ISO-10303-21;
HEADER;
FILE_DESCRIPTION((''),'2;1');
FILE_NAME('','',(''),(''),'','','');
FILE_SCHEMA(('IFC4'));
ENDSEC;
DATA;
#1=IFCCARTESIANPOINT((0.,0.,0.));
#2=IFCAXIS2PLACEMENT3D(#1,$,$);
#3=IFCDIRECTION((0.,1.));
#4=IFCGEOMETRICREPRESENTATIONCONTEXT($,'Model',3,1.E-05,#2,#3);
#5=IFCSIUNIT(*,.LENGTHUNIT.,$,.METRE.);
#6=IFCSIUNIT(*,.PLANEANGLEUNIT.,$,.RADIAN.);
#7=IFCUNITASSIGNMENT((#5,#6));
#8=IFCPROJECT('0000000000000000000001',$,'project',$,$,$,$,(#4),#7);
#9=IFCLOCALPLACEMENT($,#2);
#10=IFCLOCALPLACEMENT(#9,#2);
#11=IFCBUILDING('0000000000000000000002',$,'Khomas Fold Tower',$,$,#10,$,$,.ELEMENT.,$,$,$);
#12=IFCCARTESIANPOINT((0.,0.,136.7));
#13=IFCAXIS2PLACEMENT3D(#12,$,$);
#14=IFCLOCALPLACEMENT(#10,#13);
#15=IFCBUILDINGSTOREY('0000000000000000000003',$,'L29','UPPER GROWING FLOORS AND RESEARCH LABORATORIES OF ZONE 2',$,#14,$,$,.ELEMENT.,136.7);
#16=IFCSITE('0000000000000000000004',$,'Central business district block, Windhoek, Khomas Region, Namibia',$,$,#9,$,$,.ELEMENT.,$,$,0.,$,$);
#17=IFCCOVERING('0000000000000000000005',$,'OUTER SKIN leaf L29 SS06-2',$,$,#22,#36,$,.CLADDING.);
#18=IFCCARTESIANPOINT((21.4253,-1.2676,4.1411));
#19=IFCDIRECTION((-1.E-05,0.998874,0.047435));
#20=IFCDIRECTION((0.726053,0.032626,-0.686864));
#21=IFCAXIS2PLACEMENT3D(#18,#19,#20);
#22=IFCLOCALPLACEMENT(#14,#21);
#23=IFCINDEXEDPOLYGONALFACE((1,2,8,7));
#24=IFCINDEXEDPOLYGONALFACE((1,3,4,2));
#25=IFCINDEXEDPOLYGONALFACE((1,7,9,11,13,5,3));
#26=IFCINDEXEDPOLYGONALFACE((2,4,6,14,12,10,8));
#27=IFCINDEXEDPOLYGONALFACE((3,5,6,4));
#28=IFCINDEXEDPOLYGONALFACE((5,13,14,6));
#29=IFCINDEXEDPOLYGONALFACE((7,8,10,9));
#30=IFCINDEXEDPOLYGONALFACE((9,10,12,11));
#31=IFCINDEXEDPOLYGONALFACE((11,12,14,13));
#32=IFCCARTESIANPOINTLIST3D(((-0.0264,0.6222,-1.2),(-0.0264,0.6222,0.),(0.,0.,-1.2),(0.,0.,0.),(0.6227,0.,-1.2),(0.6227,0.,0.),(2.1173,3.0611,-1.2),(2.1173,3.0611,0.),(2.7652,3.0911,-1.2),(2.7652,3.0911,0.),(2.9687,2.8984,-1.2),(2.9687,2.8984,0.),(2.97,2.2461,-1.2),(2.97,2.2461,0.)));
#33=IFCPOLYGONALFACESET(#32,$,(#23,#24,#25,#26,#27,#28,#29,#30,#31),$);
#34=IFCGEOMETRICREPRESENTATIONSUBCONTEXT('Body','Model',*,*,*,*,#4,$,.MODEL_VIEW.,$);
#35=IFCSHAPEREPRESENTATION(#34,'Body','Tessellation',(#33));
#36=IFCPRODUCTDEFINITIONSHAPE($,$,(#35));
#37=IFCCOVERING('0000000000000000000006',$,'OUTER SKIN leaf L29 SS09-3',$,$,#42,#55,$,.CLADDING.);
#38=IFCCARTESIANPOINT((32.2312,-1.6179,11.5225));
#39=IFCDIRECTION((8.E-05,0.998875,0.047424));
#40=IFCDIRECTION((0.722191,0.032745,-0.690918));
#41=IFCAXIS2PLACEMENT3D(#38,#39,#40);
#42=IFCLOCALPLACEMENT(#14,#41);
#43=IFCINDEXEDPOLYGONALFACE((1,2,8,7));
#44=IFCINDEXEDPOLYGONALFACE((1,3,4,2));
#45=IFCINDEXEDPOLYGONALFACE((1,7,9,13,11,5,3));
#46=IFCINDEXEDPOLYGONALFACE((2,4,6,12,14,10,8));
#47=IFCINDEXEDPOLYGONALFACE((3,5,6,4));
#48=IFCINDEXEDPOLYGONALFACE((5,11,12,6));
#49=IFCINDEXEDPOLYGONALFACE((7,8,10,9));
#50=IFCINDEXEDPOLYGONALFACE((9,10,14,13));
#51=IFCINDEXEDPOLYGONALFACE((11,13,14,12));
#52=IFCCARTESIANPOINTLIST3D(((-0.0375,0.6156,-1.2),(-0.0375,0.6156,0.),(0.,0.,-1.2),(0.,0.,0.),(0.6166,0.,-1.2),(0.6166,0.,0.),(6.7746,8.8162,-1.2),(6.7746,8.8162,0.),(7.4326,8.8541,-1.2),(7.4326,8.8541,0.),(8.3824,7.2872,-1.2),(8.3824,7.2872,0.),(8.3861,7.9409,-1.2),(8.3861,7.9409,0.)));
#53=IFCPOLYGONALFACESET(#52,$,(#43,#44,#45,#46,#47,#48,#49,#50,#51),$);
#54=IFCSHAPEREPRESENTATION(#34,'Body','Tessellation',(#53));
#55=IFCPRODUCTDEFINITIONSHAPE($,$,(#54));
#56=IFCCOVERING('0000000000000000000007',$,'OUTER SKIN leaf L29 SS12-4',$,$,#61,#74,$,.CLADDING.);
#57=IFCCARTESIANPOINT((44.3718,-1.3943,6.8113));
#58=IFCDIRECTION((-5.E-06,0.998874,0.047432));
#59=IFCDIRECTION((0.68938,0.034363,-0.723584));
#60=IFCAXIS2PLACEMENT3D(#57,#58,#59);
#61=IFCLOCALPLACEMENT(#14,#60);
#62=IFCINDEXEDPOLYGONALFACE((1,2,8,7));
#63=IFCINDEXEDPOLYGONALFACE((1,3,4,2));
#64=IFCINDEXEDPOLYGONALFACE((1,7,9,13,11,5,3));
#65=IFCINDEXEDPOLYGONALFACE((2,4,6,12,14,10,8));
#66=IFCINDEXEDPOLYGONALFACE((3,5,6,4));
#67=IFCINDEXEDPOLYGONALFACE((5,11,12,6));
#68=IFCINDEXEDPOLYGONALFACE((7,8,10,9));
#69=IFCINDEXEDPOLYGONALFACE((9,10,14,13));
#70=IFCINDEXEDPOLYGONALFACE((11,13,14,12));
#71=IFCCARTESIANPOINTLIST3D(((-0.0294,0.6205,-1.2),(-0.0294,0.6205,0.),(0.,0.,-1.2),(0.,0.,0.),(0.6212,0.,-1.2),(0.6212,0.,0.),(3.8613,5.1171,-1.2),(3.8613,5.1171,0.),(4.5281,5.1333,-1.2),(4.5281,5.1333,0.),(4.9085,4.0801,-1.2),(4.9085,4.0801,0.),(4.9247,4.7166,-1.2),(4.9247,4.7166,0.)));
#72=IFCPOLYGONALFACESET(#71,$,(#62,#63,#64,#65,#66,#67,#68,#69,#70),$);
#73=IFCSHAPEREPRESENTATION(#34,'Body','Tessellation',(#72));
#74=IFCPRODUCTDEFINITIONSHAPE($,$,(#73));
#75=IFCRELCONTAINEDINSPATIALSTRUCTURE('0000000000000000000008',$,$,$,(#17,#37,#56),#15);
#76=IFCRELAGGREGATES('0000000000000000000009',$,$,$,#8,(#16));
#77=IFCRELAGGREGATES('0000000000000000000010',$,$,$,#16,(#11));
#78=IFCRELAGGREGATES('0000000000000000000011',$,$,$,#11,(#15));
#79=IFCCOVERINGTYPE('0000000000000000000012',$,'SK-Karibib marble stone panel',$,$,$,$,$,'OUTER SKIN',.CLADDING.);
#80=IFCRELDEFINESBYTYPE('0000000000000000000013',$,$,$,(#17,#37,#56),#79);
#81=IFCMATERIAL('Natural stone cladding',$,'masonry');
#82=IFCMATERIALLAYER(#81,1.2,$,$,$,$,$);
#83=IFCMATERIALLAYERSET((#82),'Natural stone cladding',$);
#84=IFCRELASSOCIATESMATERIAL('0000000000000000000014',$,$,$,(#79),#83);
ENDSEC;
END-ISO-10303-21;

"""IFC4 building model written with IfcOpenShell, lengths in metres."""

from ifc_helpers import new_model, si_unit, direction, frame, origin, place, context, subcontext, project, spatial, polyline, outline, extrude, material, layer, layer_set, type_object, element, save


model = new_model("IFC4")

# Units and contexts
model_context = context("Model", 3, precision=1e-05, world=origin(), true_north=direction((0.0, 1.0)))
body_context = subcontext(model_context, "Body", "Model", "MODEL_VIEW")
ifc_project = project(units=[si_unit("LENGTHUNIT", "METRE"), si_unit("PLANEANGLEUNIT", "RADIAN")], contexts=[model_context])

# Site, building, storey
site_placement = place(None, origin())
site = spatial("IfcSite", under=ifc_project, at=site_placement, Name="Central business district block, Windhoek, Khomas Region, Namibia", CompositionType="ELEMENT", RefElevation=0.0)
building_placement = place(site_placement, origin())
building = spatial("IfcBuilding", under=site, at=building_placement, Name="Khomas Fold Tower", CompositionType="ELEMENT")
storey_placement = place(building_placement, frame((0.0, 0.0, 136.7)))
storey = spatial("IfcBuildingStorey", under=building, at=storey_placement, Name="L29", Description="UPPER GROWING FLOORS AND RESEARCH LABORATORIES OF ZONE 2", CompositionType="ELEMENT", Elevation=136.7)

# Coverings
ifc_material_1 = material(Name="Natural stone cladding", Category="masonry")
ifc_layer_1 = layer(ifc_material_1, 1.2)
ifc_layer_set_1 = layer_set([ifc_layer_1], Name="Natural stone cladding")
covering_type = type_object("IfcCoveringType", Name="SK-Karibib marble stone panel", ElementType="OUTER SKIN", PredefinedType="CLADDING", material=ifc_layer_set_1)
covering_1_placement = place(storey_placement, frame((21.4253, -1.2676, 4.1411), z_axis=(-0.00001, 0.998874, 0.047435), x_axis=(0.726053, 0.032626, -0.686864)))
element("IfcCovering", 1, at=covering_1_placement, inside=storey, type_object=covering_type, Name="OUTER SKIN leaf L29 SS06-2", PredefinedType="CLADDING", context=body_context, shape_type="SweptSolid", body=[
    extrude(outline(polyline([(0.0, 0.0), (0.6227, 0.0), (2.97, 2.2461), (2.9687, 2.8984), (2.7652, 3.0911), (2.1173, 3.0611), (-0.0264, 0.6222), (0.0, 0.0)])), origin(), (0.0, 0.0, -1.0), 1.2),
])
covering_2_placement = place(storey_placement, frame((32.2312, -1.6179, 11.5225), z_axis=(0.00008, 0.998875, 0.047424), x_axis=(0.722191, 0.032745, -0.690918)))
element("IfcCovering", 2, at=covering_2_placement, inside=storey, type_object=covering_type, Name="OUTER SKIN leaf L29 SS09-3", PredefinedType="CLADDING", context=body_context, shape_type="SweptSolid", body=[
    extrude(outline(polyline([(0.0, 0.0), (0.6166, 0.0), (8.3824, 7.2872), (8.3861, 7.9409), (7.4326, 8.8541), (6.7746, 8.8162), (-0.0375, 0.6156), (0.0, 0.0)])), origin(), (0.0, 0.0, -1.0), 1.2),
])
covering_3_placement = place(storey_placement, frame((44.3718, -1.3943, 6.8113), z_axis=(-0.000005, 0.998874, 0.047432), x_axis=(0.68938, 0.034363, -0.723584)))
element("IfcCovering", 3, at=covering_3_placement, inside=storey, type_object=covering_type, Name="OUTER SKIN leaf L29 SS12-4", PredefinedType="CLADDING", context=body_context, shape_type="SweptSolid", body=[
    extrude(outline(polyline([(0.0, 0.0), (0.6212, 0.0), (4.9085, 4.0801), (4.9247, 4.7166), (4.5281, 5.1333), (3.8613, 5.1171), (-0.0294, 0.6205), (0.0, 0.0)])), origin(), (0.0, 0.0, -1.0), 1.2),
])

save(model, "model.ifc")
